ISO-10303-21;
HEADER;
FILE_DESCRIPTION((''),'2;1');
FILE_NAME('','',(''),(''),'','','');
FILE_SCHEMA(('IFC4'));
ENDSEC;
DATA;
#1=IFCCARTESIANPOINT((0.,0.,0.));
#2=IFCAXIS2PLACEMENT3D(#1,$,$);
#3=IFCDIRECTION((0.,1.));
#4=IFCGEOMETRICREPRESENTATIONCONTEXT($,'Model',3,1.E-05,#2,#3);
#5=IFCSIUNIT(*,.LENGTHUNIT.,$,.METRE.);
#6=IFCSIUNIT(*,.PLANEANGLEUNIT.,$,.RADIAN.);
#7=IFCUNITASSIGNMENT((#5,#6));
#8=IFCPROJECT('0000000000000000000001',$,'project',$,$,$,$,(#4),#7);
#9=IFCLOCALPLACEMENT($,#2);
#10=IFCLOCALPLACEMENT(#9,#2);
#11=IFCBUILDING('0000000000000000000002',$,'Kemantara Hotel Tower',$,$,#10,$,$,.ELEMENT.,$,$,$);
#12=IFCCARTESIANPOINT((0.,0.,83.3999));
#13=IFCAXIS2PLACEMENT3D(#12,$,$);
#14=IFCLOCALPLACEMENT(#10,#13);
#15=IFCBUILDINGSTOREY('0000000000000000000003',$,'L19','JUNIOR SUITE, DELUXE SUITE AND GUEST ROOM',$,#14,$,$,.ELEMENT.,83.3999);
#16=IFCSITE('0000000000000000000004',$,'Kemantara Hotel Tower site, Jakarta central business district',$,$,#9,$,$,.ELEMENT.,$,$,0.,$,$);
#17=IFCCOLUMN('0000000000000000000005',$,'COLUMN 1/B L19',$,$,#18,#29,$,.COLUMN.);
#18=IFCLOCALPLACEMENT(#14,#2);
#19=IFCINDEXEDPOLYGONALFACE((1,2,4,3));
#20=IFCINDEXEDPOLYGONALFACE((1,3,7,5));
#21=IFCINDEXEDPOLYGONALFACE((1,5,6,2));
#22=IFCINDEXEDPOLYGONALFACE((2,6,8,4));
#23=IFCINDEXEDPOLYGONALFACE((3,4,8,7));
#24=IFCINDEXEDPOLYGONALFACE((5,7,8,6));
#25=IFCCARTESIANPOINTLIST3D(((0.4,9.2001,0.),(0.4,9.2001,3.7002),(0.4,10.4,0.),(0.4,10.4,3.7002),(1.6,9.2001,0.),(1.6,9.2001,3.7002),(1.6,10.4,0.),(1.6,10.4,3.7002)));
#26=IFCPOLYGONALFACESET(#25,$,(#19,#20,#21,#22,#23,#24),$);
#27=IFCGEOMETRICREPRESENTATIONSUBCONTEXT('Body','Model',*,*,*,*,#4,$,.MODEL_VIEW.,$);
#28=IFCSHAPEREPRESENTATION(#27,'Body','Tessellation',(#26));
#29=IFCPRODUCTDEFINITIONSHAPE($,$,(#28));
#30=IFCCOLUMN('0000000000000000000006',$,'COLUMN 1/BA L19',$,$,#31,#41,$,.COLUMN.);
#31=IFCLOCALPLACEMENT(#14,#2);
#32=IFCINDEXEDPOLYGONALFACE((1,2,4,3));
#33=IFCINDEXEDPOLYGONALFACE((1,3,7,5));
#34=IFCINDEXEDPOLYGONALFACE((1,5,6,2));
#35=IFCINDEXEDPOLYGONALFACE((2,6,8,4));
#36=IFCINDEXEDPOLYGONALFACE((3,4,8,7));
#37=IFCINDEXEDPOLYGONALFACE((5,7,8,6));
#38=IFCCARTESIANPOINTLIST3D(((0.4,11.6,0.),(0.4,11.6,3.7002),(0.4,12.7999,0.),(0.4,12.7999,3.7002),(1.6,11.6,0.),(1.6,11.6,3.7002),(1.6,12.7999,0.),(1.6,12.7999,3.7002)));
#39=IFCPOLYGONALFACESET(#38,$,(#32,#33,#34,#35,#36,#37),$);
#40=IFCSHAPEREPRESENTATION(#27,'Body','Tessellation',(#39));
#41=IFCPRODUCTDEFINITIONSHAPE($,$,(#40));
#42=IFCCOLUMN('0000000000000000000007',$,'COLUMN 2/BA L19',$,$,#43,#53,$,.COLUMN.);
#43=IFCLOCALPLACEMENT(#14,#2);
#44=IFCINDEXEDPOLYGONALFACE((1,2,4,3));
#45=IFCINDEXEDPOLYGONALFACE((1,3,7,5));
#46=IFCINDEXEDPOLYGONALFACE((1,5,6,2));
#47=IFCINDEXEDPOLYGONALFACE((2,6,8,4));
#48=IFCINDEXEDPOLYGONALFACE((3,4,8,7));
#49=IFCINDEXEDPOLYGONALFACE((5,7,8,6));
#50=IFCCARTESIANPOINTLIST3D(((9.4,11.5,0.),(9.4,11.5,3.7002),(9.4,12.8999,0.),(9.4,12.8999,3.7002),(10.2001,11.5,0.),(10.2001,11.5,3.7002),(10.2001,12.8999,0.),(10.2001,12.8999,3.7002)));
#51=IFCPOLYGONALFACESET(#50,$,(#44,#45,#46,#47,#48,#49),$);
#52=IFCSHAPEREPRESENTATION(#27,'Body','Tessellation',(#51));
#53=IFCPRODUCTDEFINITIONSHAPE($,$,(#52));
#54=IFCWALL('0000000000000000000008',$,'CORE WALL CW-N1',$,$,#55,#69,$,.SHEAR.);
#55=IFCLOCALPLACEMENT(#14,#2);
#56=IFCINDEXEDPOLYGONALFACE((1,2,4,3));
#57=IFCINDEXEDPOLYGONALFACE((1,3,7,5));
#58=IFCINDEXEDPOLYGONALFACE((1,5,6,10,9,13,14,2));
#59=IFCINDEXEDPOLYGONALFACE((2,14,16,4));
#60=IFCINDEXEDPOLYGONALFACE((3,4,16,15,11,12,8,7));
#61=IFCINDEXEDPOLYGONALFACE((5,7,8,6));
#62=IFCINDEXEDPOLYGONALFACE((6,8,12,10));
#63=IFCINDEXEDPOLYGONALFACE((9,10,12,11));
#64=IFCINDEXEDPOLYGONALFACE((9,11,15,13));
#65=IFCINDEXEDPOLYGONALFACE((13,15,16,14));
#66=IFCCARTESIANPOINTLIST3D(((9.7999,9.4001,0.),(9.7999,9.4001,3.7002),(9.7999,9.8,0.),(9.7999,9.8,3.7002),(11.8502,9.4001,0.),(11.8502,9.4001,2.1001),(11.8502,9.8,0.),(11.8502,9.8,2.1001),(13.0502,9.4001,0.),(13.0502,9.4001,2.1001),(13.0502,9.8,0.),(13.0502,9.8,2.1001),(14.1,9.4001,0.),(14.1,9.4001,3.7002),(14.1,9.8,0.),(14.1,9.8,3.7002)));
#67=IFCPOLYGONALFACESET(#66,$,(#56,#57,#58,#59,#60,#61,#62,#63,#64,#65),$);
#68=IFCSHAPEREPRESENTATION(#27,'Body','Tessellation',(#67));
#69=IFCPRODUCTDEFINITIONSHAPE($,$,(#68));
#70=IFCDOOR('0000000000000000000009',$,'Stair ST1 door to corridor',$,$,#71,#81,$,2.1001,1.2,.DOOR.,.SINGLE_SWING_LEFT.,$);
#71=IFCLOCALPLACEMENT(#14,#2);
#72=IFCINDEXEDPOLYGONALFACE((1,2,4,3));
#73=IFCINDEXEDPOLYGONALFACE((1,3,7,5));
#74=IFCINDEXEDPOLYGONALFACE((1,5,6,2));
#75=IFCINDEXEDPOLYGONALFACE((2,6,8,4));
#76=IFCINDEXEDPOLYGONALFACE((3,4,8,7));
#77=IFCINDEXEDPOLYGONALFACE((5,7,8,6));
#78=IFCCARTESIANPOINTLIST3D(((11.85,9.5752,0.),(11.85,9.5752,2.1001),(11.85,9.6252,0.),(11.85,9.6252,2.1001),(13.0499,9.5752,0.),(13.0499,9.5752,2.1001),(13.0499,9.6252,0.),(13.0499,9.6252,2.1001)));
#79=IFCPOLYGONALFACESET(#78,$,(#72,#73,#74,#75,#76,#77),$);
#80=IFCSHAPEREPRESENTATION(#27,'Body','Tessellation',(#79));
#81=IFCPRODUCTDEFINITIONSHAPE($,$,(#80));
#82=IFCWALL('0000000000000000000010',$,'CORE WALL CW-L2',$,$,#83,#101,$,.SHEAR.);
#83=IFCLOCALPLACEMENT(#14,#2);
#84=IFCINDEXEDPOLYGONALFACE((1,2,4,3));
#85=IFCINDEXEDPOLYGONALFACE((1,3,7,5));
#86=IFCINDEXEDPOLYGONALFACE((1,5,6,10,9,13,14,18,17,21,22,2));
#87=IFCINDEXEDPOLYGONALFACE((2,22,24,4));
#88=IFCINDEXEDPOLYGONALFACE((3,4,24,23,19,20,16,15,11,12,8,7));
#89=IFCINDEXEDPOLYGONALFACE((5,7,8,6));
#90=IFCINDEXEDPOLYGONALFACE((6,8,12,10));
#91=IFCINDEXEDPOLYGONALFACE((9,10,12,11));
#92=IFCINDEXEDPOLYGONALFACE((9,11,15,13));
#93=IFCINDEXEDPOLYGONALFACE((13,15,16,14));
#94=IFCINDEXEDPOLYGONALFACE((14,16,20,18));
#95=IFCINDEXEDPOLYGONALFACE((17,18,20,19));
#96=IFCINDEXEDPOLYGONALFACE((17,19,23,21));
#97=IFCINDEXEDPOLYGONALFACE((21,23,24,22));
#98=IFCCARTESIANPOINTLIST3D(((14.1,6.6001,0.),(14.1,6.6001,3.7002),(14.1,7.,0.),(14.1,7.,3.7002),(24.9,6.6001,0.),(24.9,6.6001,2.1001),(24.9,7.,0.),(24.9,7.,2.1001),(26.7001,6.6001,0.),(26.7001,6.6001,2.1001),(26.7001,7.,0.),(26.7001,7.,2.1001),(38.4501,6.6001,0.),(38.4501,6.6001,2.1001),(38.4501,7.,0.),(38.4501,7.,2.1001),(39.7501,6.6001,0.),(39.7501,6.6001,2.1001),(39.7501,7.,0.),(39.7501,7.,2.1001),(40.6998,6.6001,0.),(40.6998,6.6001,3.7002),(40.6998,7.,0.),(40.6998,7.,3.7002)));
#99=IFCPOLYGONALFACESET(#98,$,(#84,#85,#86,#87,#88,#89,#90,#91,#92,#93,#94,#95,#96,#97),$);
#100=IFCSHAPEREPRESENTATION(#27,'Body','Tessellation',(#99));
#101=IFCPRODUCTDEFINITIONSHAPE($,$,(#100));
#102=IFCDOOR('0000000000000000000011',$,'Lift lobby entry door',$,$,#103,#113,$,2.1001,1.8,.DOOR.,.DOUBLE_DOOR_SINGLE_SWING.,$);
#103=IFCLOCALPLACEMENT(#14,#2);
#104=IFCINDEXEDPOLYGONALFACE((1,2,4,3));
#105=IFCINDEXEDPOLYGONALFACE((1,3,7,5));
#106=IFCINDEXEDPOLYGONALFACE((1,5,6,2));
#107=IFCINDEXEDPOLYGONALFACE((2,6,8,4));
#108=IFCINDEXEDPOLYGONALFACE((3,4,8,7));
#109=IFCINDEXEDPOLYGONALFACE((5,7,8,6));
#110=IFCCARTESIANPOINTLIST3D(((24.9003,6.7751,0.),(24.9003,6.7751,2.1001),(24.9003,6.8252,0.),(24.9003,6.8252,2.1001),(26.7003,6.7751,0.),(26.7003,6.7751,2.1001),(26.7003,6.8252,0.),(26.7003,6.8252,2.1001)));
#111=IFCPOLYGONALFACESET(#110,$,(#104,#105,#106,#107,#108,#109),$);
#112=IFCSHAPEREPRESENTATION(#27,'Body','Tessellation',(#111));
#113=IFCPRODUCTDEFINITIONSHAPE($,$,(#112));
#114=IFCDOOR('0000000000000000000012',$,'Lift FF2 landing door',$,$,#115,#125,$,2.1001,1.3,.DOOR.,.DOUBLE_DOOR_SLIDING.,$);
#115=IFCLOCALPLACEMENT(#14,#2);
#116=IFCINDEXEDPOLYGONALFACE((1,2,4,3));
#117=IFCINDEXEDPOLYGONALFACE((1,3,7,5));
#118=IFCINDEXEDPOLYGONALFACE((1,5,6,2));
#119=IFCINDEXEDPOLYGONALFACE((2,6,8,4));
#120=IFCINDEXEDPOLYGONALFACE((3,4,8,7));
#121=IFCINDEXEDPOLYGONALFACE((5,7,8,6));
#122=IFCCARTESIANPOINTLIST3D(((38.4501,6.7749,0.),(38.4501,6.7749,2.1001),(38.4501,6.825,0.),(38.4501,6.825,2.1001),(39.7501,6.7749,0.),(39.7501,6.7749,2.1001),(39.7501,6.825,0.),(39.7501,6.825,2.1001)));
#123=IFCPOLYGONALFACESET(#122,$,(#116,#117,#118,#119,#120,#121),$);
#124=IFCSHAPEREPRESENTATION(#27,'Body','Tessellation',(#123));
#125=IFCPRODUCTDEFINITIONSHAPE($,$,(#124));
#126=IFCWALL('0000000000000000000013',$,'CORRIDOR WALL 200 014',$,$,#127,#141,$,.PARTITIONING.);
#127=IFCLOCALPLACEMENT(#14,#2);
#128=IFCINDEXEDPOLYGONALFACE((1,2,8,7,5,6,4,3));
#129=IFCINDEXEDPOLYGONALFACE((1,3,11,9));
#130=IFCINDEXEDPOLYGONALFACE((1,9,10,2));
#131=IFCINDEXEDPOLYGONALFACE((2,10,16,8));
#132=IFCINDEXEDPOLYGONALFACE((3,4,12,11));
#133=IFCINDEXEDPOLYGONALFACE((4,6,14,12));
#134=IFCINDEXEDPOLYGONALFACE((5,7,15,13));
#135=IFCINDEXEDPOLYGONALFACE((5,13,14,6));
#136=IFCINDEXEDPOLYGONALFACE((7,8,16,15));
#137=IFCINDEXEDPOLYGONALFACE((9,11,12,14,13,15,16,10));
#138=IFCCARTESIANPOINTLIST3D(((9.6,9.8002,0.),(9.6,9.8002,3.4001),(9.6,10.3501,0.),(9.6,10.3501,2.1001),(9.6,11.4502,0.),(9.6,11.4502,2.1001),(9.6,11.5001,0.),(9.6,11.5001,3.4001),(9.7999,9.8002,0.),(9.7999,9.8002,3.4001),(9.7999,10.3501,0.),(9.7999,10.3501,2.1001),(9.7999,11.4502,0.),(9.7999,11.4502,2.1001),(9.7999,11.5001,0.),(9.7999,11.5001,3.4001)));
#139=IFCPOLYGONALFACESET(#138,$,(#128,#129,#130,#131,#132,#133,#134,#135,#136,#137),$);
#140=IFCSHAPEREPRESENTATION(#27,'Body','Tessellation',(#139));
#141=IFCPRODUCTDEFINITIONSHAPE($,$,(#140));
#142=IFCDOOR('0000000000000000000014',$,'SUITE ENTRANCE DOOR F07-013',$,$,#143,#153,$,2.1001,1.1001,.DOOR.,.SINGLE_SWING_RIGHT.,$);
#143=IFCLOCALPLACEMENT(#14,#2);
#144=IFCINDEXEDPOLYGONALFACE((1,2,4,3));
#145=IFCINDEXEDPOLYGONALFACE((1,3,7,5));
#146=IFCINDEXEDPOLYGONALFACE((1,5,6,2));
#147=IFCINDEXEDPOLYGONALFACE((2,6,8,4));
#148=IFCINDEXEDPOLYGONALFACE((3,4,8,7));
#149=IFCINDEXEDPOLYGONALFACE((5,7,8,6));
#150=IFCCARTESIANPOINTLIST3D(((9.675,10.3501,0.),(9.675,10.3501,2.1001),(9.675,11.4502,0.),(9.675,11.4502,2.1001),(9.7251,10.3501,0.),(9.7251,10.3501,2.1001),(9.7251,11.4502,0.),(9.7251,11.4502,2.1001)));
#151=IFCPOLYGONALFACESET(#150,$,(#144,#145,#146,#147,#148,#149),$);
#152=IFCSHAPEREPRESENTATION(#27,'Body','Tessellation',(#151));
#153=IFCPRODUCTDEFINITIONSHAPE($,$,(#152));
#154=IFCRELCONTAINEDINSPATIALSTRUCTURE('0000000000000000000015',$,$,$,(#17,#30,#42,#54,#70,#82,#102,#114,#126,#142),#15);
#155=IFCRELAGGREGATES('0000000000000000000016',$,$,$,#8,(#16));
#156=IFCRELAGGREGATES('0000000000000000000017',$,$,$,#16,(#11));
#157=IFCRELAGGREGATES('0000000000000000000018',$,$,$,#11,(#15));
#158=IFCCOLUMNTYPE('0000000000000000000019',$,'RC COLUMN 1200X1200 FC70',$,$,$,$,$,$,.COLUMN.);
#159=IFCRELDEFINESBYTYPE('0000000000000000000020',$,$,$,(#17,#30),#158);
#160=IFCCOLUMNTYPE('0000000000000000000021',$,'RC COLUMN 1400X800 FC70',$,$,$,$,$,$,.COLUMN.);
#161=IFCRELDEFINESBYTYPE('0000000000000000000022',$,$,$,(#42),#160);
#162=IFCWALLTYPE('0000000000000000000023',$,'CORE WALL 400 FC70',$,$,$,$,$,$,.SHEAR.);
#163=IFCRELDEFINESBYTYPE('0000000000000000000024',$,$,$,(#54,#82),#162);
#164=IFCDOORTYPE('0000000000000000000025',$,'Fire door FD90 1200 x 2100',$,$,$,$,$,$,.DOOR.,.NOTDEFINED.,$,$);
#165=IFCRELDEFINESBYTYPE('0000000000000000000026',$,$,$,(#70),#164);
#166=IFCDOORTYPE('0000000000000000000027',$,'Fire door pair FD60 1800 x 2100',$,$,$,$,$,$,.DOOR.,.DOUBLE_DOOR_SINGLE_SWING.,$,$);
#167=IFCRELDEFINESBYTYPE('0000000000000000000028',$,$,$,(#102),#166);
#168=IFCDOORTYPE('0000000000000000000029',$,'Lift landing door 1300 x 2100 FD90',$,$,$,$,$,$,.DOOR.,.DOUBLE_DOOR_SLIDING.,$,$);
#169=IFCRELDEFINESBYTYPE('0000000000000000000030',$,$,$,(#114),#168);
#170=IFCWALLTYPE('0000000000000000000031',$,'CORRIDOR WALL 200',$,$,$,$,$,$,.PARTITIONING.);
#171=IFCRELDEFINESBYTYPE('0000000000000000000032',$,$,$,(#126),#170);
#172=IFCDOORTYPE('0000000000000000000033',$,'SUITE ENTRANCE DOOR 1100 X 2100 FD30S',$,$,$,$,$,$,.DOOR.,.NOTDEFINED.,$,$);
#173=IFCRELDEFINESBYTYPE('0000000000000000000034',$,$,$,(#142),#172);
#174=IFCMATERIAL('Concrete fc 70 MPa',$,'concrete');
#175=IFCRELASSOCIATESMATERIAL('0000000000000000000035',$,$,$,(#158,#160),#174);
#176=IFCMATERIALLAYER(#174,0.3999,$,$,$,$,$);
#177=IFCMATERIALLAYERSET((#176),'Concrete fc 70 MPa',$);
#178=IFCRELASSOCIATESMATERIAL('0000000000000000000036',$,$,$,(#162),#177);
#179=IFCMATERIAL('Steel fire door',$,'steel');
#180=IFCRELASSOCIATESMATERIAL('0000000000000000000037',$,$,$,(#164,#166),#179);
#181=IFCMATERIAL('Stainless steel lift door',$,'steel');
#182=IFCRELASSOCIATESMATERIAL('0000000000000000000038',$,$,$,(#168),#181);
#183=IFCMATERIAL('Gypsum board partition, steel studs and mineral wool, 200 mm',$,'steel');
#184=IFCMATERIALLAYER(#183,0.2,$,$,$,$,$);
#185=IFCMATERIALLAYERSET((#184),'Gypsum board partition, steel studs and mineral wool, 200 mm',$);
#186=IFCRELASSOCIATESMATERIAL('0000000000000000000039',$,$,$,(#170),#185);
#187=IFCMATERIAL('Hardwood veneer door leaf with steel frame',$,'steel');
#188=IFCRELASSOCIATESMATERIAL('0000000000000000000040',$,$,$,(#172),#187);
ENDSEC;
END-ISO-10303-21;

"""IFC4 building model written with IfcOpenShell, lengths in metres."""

from ifc_helpers import new_model, si_unit, direction, frame, frame_2d, origin, origin_2d, place, context, subcontext, project, spatial, rectangle, extrude, material, layer, layer_set, material_profile, profile_set, type_object, element, fill, save


model = new_model("IFC4")

# Units and contexts
model_context = context("Model", 3, precision=1e-05, world=origin(), true_north=direction((0.0, 1.0)))
body_context = subcontext(model_context, "Body", "Model", "MODEL_VIEW")
ifc_project = project(units=[si_unit("LENGTHUNIT", "METRE"), si_unit("PLANEANGLEUNIT", "RADIAN")], contexts=[model_context])

# Site, building, storey
site_placement = place(None, origin())
site = spatial("IfcSite", under=ifc_project, at=site_placement, Name="Kemantara Hotel Tower site, Jakarta central business district", CompositionType="ELEMENT", RefElevation=0.0)
building_placement = place(site_placement, origin())
building = spatial("IfcBuilding", under=site, at=building_placement, Name="Kemantara Hotel Tower", CompositionType="ELEMENT")
storey_placement = place(building_placement, frame((0.0, 0.0, 83.3999)))
storey = spatial("IfcBuildingStorey", under=building, at=storey_placement, Name="L19", Description="JUNIOR SUITE, DELUXE SUITE AND GUEST ROOM", CompositionType="ELEMENT", Elevation=83.3999)

# Columns
ifc_material_1 = material(Name="Concrete fc 70 MPa", Category="concrete")
ifc_material_profile_1 = material_profile(ifc_material_1, rectangle(XDim=1.2, YDim=1.2, at=origin_2d()), Name="RC 1200X1200")
ifc_profile_set_1 = profile_set([ifc_material_profile_1], Name="Concrete fc 70 MPa")
column_type_1 = type_object("IfcColumnType", Name="RC COLUMN 1200X1200 FC70", PredefinedType="COLUMN", material=ifc_profile_set_1)
for number, where, z_axis, x_axis, name in (
    (1, (1.0, 9.8, 0.0), (0.0, 0.0, 1.0), (1.0, 0.0, 0.0), "COLUMN 1/B L19"),
    (2, (1.0, 12.2, 0.0), (0.0, 0.0, 1.0), (1.0, 0.0, 0.0), "COLUMN 1/BA L19"),
):
    element("IfcColumn", number, at=place(storey_placement, frame(where, z_axis=z_axis, x_axis=x_axis)), inside=storey, type_object=column_type_1, Name=name, PredefinedType="COLUMN", context=body_context, shape_type="SweptSolid", body=[
        extrude(rectangle(XDim=1.2, YDim=1.2, at=origin_2d()), origin(), (0.0, 0.0, 1.0), 3.7002),
    ])
ifc_material_profile_2 = material_profile(ifc_material_1, rectangle(XDim=1.3999, YDim=0.8, at=origin_2d()), Name="RC 1400X800")
ifc_profile_set_2 = profile_set([ifc_material_profile_2], Name="Concrete fc 70 MPa")
column_type_2 = type_object("IfcColumnType", Name="RC COLUMN 1400X800 FC70", PredefinedType="COLUMN", material=ifc_profile_set_2)
column_placement = place(storey_placement, frame((9.8, 12.2, 0.0), z_axis=(0.0, 0.0, 1.0), x_axis=(0.0, 1.0, 0.0)))
element("IfcColumn", 3, at=column_placement, inside=storey, type_object=column_type_2, Name="COLUMN 2/BA L19", PredefinedType="COLUMN", context=body_context, shape_type="SweptSolid", body=[
    extrude(rectangle(XDim=1.3999, YDim=0.8, at=origin_2d()), origin(), (0.0, 0.0, 1.0), 3.7002),
])

# Wall, opening, door
ifc_layer_1 = layer(ifc_material_1, 0.3999)
ifc_layer_set_1 = layer_set([ifc_layer_1], Name="Concrete fc 70 MPa")
wall_type_1 = type_object("IfcWallType", Name="CORE WALL 400 FC70", PredefinedType="SHEAR", material=ifc_layer_set_1)
wall_1_placement = place(storey_placement, frame((9.8, 9.6001, 0.0), z_axis=(0.0, 0.0, 1.0), x_axis=(1.0, 0.0, 0.0)))
wall_1 = element("IfcWall", 4, at=wall_1_placement, inside=storey, type_object=wall_type_1, Name="CORE WALL CW-N1", PredefinedType="SHEAR", context=body_context, shape_type="SweptSolid", body=[
    extrude(rectangle(XDim=4.3, YDim=0.3999, at=frame_2d((2.1499, 0.0))), origin(), (0.0, 0.0, 1.0), 3.7002),
])
opening_1_placement = place(wall_1_placement, frame((2.05, 0.0, 0.0)))
opening_1 = element("IfcOpeningElement", 5, at=opening_1_placement, cuts=wall_1, PredefinedType="OPENING", context=body_context, shape_type="SweptSolid", body=[
    extrude(rectangle(XDim=1.2, YDim=2.1001, at=frame_2d((0.6001, 1.05))), frame((0.0, 0.21, 0.0), z_axis=(0.0, -1.0, 0.0), x_axis=(1.0, 0.0, 0.0)), (0.0, 0.0, 1.0), 0.4199),
])
ifc_material_2 = material(Name="Steel fire door", Category="steel")
door_type_1 = type_object("IfcDoorType", Name="Fire door FD90 1200 x 2100", OperationType="NOTDEFINED", PredefinedType="DOOR", material=ifc_material_2)
door_1_placement = place(opening_1_placement, frame((1.2, 0.0, 0.0), z_axis=(0.0, 0.0, 1.0), x_axis=(-1.0, 0.0, 0.0)))
door_1 = element("IfcDoor", 6, at=door_1_placement, inside=storey, type_object=door_type_1, Name="Stair ST1 door to corridor", OperationType="SINGLE_SWING_LEFT", OverallHeight=2.1001, OverallWidth=1.2, PredefinedType="DOOR", context=body_context, shape_type="SweptSolid", body=[
    extrude(rectangle(XDim=1.2, YDim=2.1001, at=frame_2d((0.6001, 1.05))), frame((0.0, 0.0249, 0.0), z_axis=(0.0, -1.0, 0.0), x_axis=(1.0, 0.0, 0.0)), (0.0, 0.0, 1.0), 0.05),
])
fill(opening_1, door_1)

# Wall, openings, doors
wall_2_placement = place(storey_placement, frame((14.1001, 6.8, 0.0), z_axis=(0.0, 0.0, 1.0), x_axis=(1.0, 0.0, 0.0)))
wall_2 = element("IfcWall", 7, at=wall_2_placement, inside=storey, type_object=wall_type_1, Name="CORE WALL CW-L2", PredefinedType="SHEAR", context=body_context, shape_type="SweptSolid", body=[
    extrude(rectangle(XDim=26.5999, YDim=0.3999, at=frame_2d((13.2998, 0.0))), origin(), (0.0, 0.0, 1.0), 3.7002),
])
opening_2_placement = place(wall_2_placement, frame((10.8, 0.0, 0.0)))
opening_2 = element("IfcOpeningElement", 8, at=opening_2_placement, cuts=wall_2, PredefinedType="OPENING", context=body_context, shape_type="SweptSolid", body=[
    extrude(rectangle(XDim=1.8, YDim=2.1001, at=frame_2d((0.8999, 1.05))), frame((0.0, 0.21, 0.0), z_axis=(0.0, -1.0, 0.0), x_axis=(1.0, 0.0, 0.0)), (0.0, 0.0, 1.0), 0.4199),
])
opening_3_placement = place(wall_2_placement, frame((24.3501, 0.0, 0.0)))
opening_3 = element("IfcOpeningElement", 9, at=opening_3_placement, cuts=wall_2, PredefinedType="OPENING", context=body_context, shape_type="SweptSolid", body=[
    extrude(rectangle(XDim=1.3, YDim=2.1001, at=frame_2d((0.6499, 1.05))), frame((0.0, 0.21, 0.0), z_axis=(0.0, -1.0, 0.0), x_axis=(1.0, 0.0, 0.0)), (0.0, 0.0, 1.0), 0.4199),
])
door_type_2 = type_object("IfcDoorType", Name="Fire door pair FD60 1800 x 2100", OperationType="DOUBLE_DOOR_SINGLE_SWING", PredefinedType="DOOR", material=ifc_material_2)
door_2_placement = place(opening_2_placement, frame((1.8, 0.0, 0.0), z_axis=(0.0, 0.0, 1.0), x_axis=(-1.0, 0.0, 0.0)))
door_2 = element("IfcDoor", 10, at=door_2_placement, inside=storey, type_object=door_type_2, Name="Lift lobby entry door", OperationType="DOUBLE_DOOR_SINGLE_SWING", OverallHeight=2.1001, OverallWidth=1.8, PredefinedType="DOOR", context=body_context, shape_type="SweptSolid", body=[
    extrude(rectangle(XDim=1.8, YDim=2.1001, at=frame_2d((0.8999, 1.05))), frame((0.0, 0.0249, 0.0), z_axis=(0.0, -1.0, 0.0), x_axis=(1.0, 0.0, 0.0)), (0.0, 0.0, 1.0), 0.05),
])
fill(opening_2, door_2)
ifc_material_3 = material(Name="Stainless steel lift door", Category="steel")
door_type_3 = type_object("IfcDoorType", Name="Lift landing door 1300 x 2100 FD90", OperationType="DOUBLE_DOOR_SLIDING", PredefinedType="DOOR", material=ifc_material_3)
door_3_placement = place(opening_3_placement, origin())
door_3 = element("IfcDoor", 11, at=door_3_placement, inside=storey, type_object=door_type_3, Name="Lift FF2 landing door", OperationType="DOUBLE_DOOR_SLIDING", OverallHeight=2.1001, OverallWidth=1.3, PredefinedType="DOOR", context=body_context, shape_type="SweptSolid", body=[
    extrude(rectangle(XDim=1.3, YDim=2.1001, at=frame_2d((0.6499, 1.05))), frame((0.0, 0.0249, 0.0), z_axis=(0.0, -1.0, 0.0), x_axis=(1.0, 0.0, 0.0)), (0.0, 0.0, 1.0), 0.05),
])
fill(opening_3, door_3)

# Wall, opening, door
ifc_material_4 = material(Name="Gypsum board partition, steel studs and mineral wool, 200 mm", Category="steel")
ifc_layer_2 = layer(ifc_material_4, 0.2)
ifc_layer_set_2 = layer_set([ifc_layer_2], Name="Gypsum board partition, steel studs and mineral wool, 200 mm")
wall_type_2 = type_object("IfcWallType", Name="CORRIDOR WALL 200", PredefinedType="PARTITIONING", material=ifc_layer_set_2)
wall_3_placement = place(storey_placement, frame((9.7, 9.8, 0.0), z_axis=(0.0, 0.0, 1.0), x_axis=(0.0, 1.0, 0.0)))
wall_3 = element("IfcWall", 12, at=wall_3_placement, inside=storey, type_object=wall_type_2, Name="CORRIDOR WALL 200 014", PredefinedType="PARTITIONING", context=body_context, shape_type="SweptSolid", body=[
    extrude(rectangle(XDim=1.7, YDim=0.2, at=frame_2d((0.8501, 0.0))), origin(), (0.0, 0.0, 1.0), 3.4001),
])
opening_4_placement = place(wall_3_placement, frame((0.55, 0.0, 0.0)))
opening_4 = element("IfcOpeningElement", 13, at=opening_4_placement, cuts=wall_3, PredefinedType="OPENING", context=body_context, shape_type="SweptSolid", body=[
    extrude(rectangle(XDim=1.1001, YDim=2.1001, at=frame_2d((0.55, 1.05))), frame((0.0, 0.1099, 0.0), z_axis=(0.0, -1.0, 0.0), x_axis=(1.0, 0.0, 0.0)), (0.0, 0.0, 1.0), 0.22),
])
ifc_material_5 = material(Name="Hardwood veneer door leaf with steel frame", Category="steel")
door_type_4 = type_object("IfcDoorType", Name="SUITE ENTRANCE DOOR 1100 X 2100 FD30S", OperationType="NOTDEFINED", PredefinedType="DOOR", material=ifc_material_5)
door_4_placement = place(opening_4_placement, origin())
door_4 = element("IfcDoor", 14, at=door_4_placement, inside=storey, type_object=door_type_4, Name="SUITE ENTRANCE DOOR F07-013", OperationType="SINGLE_SWING_RIGHT", OverallHeight=2.1001, OverallWidth=1.1001, PredefinedType="DOOR", context=body_context, shape_type="SweptSolid", body=[
    extrude(rectangle(XDim=1.1001, YDim=2.1001, at=frame_2d((0.55, 1.05))), frame((0.0, 0.0249, 0.0), z_axis=(0.0, -1.0, 0.0), x_axis=(1.0, 0.0, 0.0)), (0.0, 0.0, 1.0), 0.05),
])
fill(opening_4, door_4)

save(model, "model.ifc")
